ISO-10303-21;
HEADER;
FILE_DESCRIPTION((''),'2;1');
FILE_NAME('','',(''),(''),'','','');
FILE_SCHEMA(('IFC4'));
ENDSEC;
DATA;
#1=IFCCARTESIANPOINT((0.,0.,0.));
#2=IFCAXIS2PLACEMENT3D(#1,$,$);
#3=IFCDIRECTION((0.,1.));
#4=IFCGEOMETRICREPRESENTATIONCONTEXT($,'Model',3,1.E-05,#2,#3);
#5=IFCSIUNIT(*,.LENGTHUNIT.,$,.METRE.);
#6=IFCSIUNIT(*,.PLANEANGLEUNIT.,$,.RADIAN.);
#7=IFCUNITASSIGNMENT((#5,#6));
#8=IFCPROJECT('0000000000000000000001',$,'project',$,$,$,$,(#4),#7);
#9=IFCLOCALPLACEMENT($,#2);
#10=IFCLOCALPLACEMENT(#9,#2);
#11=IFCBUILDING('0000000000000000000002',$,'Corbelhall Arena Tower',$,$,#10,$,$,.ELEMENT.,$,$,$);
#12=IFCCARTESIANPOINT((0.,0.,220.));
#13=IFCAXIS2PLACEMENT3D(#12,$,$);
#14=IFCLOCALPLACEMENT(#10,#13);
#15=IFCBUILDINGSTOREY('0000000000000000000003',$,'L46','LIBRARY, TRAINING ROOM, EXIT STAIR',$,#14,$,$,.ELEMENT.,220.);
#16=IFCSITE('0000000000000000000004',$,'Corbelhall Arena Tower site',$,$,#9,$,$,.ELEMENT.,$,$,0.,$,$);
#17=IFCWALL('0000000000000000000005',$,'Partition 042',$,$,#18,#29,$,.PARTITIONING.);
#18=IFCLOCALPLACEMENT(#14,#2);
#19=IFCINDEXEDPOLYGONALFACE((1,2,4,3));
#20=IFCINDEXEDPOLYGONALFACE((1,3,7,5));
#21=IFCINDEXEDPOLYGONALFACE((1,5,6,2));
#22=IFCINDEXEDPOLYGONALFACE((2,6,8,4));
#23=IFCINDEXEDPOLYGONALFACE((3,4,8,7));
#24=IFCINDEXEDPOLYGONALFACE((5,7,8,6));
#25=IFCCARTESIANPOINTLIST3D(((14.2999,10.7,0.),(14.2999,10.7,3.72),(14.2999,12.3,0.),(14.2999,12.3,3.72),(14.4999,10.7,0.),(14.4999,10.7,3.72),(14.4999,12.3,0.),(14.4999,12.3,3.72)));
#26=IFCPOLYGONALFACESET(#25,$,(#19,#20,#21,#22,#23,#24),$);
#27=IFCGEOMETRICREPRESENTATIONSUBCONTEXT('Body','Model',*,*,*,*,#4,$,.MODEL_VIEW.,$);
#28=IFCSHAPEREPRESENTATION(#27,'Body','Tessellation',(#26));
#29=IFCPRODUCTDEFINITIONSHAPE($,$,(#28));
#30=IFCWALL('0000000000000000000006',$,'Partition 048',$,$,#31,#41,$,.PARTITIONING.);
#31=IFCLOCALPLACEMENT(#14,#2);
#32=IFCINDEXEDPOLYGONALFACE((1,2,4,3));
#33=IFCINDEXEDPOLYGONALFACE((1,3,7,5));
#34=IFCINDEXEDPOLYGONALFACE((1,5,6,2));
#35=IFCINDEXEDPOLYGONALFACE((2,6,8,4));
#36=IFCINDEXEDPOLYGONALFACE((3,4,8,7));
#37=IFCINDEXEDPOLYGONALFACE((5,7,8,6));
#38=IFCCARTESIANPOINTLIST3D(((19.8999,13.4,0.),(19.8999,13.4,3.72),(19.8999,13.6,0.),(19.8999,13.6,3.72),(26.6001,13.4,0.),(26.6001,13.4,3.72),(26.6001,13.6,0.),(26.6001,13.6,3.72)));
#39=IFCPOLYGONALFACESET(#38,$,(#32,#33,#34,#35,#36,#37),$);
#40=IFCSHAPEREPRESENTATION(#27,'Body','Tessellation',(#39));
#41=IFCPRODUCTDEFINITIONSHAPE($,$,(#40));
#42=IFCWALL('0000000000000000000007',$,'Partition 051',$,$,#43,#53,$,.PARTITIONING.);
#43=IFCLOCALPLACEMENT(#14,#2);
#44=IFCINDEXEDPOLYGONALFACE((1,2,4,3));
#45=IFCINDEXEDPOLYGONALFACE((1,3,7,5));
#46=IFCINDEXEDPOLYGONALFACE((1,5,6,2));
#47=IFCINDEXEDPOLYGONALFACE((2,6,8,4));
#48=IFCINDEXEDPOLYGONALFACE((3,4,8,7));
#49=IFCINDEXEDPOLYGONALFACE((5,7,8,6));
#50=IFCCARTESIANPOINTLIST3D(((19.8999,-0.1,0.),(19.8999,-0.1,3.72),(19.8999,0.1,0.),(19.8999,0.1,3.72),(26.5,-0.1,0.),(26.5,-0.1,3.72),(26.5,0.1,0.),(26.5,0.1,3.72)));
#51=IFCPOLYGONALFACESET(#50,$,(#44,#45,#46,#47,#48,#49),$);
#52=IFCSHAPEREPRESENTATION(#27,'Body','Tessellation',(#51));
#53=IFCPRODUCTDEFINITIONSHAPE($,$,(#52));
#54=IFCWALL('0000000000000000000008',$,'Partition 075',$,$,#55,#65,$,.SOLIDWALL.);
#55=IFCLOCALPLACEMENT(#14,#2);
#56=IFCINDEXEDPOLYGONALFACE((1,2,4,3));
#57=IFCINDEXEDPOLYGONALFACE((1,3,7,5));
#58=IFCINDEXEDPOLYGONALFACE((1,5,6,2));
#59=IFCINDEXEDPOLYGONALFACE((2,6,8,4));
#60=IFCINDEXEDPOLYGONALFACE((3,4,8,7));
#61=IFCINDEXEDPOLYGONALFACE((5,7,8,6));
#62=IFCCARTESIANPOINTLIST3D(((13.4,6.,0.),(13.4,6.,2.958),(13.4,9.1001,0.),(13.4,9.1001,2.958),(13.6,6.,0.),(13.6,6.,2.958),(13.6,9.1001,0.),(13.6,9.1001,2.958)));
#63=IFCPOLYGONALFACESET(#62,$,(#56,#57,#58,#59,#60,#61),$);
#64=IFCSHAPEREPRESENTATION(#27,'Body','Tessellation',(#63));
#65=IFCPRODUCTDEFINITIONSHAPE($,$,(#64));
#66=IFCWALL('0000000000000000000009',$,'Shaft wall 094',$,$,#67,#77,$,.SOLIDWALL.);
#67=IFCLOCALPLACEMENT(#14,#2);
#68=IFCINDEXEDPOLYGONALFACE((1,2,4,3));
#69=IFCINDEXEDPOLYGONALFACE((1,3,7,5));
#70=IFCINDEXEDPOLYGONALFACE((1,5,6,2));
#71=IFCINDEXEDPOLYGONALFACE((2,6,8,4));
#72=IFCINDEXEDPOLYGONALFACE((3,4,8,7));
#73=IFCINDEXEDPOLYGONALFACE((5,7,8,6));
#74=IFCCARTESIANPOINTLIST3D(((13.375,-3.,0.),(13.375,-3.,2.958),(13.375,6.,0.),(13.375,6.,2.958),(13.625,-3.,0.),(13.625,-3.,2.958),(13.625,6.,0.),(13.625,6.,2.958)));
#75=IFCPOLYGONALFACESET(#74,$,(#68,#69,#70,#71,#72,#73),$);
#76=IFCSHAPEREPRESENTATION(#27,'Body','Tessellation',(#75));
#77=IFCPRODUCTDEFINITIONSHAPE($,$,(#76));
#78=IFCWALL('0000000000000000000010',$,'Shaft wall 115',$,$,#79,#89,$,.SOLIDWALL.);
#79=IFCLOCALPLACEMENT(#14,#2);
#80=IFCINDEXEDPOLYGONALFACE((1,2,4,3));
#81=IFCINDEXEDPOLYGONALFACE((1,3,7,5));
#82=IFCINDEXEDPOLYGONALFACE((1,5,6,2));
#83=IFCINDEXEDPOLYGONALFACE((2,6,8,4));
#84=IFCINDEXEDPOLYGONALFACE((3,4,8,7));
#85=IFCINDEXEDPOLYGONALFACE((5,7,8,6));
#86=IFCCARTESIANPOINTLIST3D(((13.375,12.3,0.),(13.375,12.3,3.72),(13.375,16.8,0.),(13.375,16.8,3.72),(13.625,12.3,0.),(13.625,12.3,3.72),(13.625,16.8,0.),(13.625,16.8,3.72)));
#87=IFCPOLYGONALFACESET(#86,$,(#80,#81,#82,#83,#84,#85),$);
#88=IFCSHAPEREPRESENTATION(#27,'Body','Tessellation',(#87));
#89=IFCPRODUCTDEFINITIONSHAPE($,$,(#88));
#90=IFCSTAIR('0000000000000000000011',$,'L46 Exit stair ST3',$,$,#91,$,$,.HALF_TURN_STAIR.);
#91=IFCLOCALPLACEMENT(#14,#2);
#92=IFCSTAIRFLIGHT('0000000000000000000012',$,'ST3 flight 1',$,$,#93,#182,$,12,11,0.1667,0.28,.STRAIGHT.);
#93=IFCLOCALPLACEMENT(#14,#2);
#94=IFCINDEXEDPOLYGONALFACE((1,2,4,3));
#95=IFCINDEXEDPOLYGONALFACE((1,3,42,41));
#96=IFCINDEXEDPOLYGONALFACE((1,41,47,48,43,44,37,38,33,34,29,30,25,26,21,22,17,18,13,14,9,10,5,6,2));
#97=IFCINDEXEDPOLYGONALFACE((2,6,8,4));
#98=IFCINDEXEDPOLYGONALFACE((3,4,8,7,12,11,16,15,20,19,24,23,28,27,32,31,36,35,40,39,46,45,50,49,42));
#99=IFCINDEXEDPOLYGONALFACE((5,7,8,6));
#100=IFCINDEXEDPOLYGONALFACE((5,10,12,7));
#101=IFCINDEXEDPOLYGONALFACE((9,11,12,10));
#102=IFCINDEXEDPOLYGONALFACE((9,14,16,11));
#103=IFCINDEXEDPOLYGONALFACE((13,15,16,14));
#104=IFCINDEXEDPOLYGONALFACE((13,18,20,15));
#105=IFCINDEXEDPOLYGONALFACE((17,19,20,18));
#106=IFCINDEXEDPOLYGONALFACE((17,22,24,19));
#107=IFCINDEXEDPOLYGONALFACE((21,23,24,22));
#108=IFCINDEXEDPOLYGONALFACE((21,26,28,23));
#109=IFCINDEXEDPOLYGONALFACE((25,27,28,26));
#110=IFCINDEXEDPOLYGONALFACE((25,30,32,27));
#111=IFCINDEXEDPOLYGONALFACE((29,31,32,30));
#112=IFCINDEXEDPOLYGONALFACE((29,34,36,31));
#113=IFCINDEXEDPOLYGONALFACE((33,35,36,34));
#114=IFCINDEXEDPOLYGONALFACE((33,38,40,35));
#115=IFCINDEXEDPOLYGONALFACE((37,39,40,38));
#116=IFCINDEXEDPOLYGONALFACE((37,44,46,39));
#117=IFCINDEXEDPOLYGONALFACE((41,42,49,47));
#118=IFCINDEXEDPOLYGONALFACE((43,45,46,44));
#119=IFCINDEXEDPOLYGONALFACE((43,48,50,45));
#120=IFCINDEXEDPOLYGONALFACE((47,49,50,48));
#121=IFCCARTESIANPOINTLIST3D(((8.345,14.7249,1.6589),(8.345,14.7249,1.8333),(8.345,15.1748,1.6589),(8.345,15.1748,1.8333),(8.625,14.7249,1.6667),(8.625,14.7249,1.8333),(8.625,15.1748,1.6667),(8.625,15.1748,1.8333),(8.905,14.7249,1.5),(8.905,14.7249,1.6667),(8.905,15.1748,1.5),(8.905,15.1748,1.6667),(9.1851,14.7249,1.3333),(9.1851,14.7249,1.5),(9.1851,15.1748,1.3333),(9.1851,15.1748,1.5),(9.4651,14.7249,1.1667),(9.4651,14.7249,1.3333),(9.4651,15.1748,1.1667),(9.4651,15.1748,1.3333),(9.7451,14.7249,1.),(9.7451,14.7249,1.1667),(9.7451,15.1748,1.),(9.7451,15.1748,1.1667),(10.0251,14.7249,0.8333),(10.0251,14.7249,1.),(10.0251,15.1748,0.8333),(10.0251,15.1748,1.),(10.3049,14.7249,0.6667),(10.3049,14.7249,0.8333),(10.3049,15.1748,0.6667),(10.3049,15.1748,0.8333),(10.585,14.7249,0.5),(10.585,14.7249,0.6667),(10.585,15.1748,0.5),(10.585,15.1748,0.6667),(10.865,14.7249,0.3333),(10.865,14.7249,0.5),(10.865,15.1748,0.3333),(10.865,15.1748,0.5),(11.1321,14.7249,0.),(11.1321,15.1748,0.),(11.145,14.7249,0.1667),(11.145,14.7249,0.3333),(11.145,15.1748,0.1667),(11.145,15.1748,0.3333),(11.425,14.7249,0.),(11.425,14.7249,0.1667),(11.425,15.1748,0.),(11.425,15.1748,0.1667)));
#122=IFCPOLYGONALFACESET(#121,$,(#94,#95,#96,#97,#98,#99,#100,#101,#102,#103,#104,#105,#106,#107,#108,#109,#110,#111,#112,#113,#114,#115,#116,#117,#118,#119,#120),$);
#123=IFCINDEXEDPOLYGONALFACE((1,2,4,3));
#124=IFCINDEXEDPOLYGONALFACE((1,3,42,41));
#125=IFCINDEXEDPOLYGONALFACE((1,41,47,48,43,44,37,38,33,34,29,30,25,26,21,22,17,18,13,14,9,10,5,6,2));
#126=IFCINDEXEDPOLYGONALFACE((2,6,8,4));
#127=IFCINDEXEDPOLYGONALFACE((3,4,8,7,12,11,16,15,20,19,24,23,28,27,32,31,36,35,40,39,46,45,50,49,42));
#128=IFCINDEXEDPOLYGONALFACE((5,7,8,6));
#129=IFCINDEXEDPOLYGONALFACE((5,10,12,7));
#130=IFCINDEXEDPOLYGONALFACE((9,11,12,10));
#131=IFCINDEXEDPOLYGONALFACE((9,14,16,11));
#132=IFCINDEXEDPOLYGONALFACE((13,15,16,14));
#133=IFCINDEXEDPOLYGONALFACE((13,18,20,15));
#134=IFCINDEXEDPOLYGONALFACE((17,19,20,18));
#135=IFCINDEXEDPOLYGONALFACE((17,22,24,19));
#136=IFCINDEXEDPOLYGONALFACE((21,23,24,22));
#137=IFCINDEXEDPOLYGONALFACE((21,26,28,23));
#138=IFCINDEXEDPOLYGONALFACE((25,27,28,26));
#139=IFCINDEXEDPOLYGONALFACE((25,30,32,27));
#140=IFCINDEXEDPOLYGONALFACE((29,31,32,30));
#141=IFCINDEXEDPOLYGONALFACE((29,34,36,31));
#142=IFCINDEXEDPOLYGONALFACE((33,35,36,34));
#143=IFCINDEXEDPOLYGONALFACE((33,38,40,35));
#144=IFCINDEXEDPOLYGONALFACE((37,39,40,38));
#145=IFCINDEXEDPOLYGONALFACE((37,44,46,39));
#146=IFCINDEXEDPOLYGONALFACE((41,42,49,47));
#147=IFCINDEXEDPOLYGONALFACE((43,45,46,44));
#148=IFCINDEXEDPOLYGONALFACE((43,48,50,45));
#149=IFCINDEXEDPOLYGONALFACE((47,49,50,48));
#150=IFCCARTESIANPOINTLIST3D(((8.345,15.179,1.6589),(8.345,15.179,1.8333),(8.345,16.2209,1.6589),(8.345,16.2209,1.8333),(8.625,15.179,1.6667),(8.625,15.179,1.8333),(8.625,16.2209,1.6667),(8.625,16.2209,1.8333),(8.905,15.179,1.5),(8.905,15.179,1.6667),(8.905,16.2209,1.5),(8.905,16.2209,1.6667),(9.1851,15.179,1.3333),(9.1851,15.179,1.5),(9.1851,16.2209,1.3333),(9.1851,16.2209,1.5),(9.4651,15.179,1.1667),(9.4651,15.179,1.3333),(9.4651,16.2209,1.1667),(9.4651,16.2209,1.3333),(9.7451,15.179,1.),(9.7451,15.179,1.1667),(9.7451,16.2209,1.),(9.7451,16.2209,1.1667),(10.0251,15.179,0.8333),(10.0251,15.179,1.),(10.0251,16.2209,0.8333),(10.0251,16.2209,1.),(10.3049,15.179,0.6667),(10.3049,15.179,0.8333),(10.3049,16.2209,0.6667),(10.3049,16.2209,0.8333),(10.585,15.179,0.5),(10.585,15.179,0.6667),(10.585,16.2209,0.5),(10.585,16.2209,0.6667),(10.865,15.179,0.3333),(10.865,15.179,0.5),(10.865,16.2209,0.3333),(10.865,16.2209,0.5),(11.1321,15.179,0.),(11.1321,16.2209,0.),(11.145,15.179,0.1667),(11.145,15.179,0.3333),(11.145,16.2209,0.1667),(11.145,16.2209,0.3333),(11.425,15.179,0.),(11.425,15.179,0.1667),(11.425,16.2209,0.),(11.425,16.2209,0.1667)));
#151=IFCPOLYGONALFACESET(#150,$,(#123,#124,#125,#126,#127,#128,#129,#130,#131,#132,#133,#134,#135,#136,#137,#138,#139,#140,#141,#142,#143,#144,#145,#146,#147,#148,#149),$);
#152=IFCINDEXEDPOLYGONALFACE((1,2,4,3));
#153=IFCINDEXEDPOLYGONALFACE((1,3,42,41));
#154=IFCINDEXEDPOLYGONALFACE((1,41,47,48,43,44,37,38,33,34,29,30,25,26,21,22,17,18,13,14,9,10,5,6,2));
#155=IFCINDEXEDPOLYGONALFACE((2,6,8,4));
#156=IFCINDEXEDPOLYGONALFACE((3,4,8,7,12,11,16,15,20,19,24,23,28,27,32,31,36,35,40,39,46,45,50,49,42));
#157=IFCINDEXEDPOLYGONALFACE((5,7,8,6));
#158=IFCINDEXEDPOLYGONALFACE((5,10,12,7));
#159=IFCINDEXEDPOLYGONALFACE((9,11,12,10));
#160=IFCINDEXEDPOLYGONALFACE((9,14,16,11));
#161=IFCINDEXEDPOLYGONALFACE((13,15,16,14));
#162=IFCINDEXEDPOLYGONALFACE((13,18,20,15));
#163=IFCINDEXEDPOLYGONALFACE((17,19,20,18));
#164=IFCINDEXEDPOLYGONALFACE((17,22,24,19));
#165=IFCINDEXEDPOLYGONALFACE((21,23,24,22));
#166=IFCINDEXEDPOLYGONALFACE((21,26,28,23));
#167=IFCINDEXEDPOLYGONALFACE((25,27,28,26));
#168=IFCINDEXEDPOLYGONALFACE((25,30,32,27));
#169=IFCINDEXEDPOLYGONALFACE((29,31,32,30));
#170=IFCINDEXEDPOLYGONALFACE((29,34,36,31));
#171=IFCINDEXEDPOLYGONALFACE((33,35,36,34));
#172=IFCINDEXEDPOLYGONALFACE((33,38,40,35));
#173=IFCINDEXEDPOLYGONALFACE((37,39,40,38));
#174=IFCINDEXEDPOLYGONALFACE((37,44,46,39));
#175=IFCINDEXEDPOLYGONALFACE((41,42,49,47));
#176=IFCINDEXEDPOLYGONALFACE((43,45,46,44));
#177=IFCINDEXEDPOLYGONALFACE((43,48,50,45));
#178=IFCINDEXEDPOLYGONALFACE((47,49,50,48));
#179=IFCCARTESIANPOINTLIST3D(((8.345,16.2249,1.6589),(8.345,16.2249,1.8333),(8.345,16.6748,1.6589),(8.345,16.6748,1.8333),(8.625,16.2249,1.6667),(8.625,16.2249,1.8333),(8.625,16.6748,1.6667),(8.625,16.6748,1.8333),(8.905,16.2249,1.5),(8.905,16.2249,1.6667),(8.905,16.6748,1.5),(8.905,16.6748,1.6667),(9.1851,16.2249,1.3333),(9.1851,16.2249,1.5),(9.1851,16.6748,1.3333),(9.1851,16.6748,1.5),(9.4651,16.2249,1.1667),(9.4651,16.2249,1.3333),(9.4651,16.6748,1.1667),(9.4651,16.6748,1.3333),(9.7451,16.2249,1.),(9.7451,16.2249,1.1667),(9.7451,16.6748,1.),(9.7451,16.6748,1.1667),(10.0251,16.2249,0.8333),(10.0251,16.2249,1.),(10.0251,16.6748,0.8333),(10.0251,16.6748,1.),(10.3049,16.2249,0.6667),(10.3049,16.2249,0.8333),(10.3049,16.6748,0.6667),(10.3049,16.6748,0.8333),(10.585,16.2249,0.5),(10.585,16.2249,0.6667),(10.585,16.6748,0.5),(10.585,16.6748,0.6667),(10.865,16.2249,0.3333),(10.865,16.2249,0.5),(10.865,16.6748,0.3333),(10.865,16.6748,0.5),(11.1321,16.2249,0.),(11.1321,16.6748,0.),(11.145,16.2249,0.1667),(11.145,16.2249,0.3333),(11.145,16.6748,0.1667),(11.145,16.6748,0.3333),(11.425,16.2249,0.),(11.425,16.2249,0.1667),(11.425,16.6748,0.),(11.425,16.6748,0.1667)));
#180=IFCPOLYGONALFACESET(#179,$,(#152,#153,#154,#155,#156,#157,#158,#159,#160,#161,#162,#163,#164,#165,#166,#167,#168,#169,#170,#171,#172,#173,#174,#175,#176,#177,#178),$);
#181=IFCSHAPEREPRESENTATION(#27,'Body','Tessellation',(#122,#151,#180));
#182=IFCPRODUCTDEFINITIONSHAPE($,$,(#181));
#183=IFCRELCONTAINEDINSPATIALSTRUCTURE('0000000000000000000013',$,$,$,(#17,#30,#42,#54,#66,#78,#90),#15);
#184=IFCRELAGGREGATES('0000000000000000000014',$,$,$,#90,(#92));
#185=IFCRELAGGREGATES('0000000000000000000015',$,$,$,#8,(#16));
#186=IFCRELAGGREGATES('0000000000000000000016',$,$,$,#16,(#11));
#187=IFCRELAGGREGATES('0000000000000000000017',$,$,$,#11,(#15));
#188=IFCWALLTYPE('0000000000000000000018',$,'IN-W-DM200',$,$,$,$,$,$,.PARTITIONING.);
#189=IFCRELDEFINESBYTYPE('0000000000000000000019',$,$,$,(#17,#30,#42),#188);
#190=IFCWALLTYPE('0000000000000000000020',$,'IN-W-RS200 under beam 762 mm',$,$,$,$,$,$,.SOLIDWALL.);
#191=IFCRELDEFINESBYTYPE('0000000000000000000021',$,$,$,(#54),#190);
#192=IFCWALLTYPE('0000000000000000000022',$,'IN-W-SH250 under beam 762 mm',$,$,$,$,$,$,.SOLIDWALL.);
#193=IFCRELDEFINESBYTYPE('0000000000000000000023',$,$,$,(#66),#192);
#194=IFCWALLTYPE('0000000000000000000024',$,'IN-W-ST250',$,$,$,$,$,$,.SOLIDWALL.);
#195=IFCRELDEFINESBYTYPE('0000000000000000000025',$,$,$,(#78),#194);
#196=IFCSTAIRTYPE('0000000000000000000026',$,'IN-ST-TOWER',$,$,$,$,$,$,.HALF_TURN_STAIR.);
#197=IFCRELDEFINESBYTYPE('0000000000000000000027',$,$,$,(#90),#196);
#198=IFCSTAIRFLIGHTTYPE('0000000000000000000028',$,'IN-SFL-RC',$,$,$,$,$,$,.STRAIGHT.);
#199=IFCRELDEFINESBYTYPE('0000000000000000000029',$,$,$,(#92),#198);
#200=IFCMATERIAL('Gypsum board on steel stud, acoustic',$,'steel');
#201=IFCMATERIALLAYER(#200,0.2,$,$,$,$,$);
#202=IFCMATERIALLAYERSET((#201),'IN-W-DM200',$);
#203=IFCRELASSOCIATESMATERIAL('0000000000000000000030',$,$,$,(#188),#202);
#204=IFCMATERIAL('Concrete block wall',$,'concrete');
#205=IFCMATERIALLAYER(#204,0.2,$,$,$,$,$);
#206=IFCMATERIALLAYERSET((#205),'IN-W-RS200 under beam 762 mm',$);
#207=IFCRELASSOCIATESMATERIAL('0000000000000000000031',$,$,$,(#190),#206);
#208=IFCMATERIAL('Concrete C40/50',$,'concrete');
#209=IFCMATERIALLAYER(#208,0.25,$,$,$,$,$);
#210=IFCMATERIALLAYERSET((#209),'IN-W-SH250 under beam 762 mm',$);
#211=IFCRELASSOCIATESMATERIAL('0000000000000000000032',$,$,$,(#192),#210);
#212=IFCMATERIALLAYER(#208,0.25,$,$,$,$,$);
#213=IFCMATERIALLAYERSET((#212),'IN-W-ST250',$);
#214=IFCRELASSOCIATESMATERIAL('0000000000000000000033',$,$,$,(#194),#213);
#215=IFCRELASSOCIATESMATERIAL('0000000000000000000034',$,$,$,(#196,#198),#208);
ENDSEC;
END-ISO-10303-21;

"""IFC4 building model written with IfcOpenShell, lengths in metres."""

from ifc_helpers import new_model, si_unit, direction, frame, frame_2d, origin, place, context, subcontext, project, spatial, polyline, rectangle, outline, extrude, material, layer, layer_set, type_object, element, aggregate, save


model = new_model("IFC4")

# Units and contexts
model_context = context("Model", 3, precision=1e-05, world=origin(), true_north=direction((0.0, 1.0)))
body_context = subcontext(model_context, "Body", "Model", "MODEL_VIEW")
ifc_project = project(units=[si_unit("LENGTHUNIT", "METRE"), si_unit("PLANEANGLEUNIT", "RADIAN")], contexts=[model_context])

# Site, building, storey
site_placement = place(None, origin())
site = spatial("IfcSite", under=ifc_project, at=site_placement, Name="Corbelhall Arena Tower site", CompositionType="ELEMENT", RefElevation=0.0)
building_placement = place(site_placement, origin())
building = spatial("IfcBuilding", under=site, at=building_placement, Name="Corbelhall Arena Tower", CompositionType="ELEMENT")
storey_placement = place(building_placement, frame((0.0, 0.0, 220.0)))
storey = spatial("IfcBuildingStorey", under=building, at=storey_placement, Name="L46", Description="LIBRARY, TRAINING ROOM, EXIT STAIR", CompositionType="ELEMENT", Elevation=220.0)

# Wall
ifc_material_1 = material(Name="Gypsum board on steel stud, acoustic", Category="steel")
ifc_layer_1 = layer(ifc_material_1, 0.2)
ifc_layer_set_1 = layer_set([ifc_layer_1], Name="IN-W-DM200")
wall_type_1 = type_object("IfcWallType", Name="IN-W-DM200", PredefinedType="PARTITIONING", material=ifc_layer_set_1)
wall_1_placement = place(storey_placement, frame((14.3999, 12.3, 0.0), z_axis=(0.0, 0.0, 1.0), x_axis=(0.0, -1.0, 0.0)))
element("IfcWall", 1, at=wall_1_placement, inside=storey, type_object=wall_type_1, Name="Partition 042", PredefinedType="PARTITIONING", context=body_context, shape_type="SweptSolid", body=[
    extrude(rectangle(XDim=1.6001, YDim=0.2, at=frame_2d((0.8, 0.0))), origin(), (0.0, 0.0, 1.0), 3.72),
])

# Wall
wall_2_placement = place(storey_placement, frame((19.8999, 13.5, 0.0), z_axis=(0.0, 0.0, 1.0), x_axis=(1.0, 0.0, 0.0)))
element("IfcWall", 2, at=wall_2_placement, inside=storey, type_object=wall_type_1, Name="Partition 048", PredefinedType="PARTITIONING", context=body_context, shape_type="SweptSolid", body=[
    extrude(rectangle(XDim=6.7002, YDim=0.2, at=frame_2d((3.3501, 0.0))), origin(), (0.0, 0.0, 1.0), 3.72),
])

# Walls
wall_3_placement = place(storey_placement, frame((26.5, 0.0, 0.0), z_axis=(0.0, 0.0, 1.0), x_axis=(-1.0, 0.0, 0.0)))
element("IfcWall", 3, at=wall_3_placement, inside=storey, type_object=wall_type_1, Name="Partition 051", PredefinedType="PARTITIONING", context=body_context, shape_type="SweptSolid", body=[
    extrude(rectangle(XDim=6.6001, YDim=0.2, at=frame_2d((3.3, 0.0))), origin(), (0.0, 0.0, 1.0), 3.72),
])
ifc_material_2 = material(Name="Concrete block wall", Category="concrete")
ifc_layer_2 = layer(ifc_material_2, 0.2)
ifc_layer_set_2 = layer_set([ifc_layer_2], Name="IN-W-RS200 under beam 762 mm")
wall_type_2 = type_object("IfcWallType", Name="IN-W-RS200 under beam 762 mm", PredefinedType="SOLIDWALL", material=ifc_layer_set_2)
wall_4_placement = place(storey_placement, frame((13.5, 9.1001, 0.0), z_axis=(0.0, 0.0, 1.0), x_axis=(0.0, -1.0, 0.0)))
element("IfcWall", 4, at=wall_4_placement, inside=storey, type_object=wall_type_2, Name="Partition 075", PredefinedType="SOLIDWALL", context=body_context, shape_type="SweptSolid", body=[
    extrude(rectangle(XDim=3.1001, YDim=0.2, at=frame_2d((1.55, 0.0))), origin(), (0.0, 0.0, 1.0), 2.958),
])
ifc_material_3 = material(Name="Concrete C40/50", Category="concrete")
ifc_layer_3 = layer(ifc_material_3, 0.25)
ifc_layer_set_3 = layer_set([ifc_layer_3], Name="IN-W-SH250 under beam 762 mm")
wall_type_3 = type_object("IfcWallType", Name="IN-W-SH250 under beam 762 mm", PredefinedType="SOLIDWALL", material=ifc_layer_set_3)
wall_5_placement = place(storey_placement, frame((13.5, 6.0, 0.0), z_axis=(0.0, 0.0, 1.0), x_axis=(0.0, -1.0, 0.0)))
element("IfcWall", 5, at=wall_5_placement, inside=storey, type_object=wall_type_3, Name="Shaft wall 094", PredefinedType="SOLIDWALL", context=body_context, shape_type="SweptSolid", body=[
    extrude(rectangle(XDim=9.0, YDim=0.25, at=frame_2d((4.5, 0.0))), origin(), (0.0, 0.0, 1.0), 2.958),
])
ifc_layer_4 = layer(ifc_material_3, 0.25)
ifc_layer_set_4 = layer_set([ifc_layer_4], Name="IN-W-ST250")
wall_type_4 = type_object("IfcWallType", Name="IN-W-ST250", PredefinedType="SOLIDWALL", material=ifc_layer_set_4)
wall_6_placement = place(storey_placement, frame((13.5, 16.8, 0.0), z_axis=(0.0, 0.0, 1.0), x_axis=(0.0, -1.0, 0.0)))
element("IfcWall", 6, at=wall_6_placement, inside=storey, type_object=wall_type_4, Name="Shaft wall 115", PredefinedType="SOLIDWALL", context=body_context, shape_type="SweptSolid", body=[
    extrude(rectangle(XDim=4.5, YDim=0.25, at=frame_2d((2.25, 0.0))), origin(), (0.0, 0.0, 1.0), 3.72),
])

# Stair, stair flight
stair_type = type_object("IfcStairType", Name="IN-ST-TOWER", PredefinedType="HALF_TURN_STAIR", material=ifc_material_3)
stair_placement = place(storey_placement, origin())
stair = element("IfcStair", 7, at=stair_placement, inside=storey, type_object=stair_type, Name="L46 Exit stair ST3", PredefinedType="HALF_TURN_STAIR")
stair_flight_type = type_object("IfcStairFlightType", Name="IN-SFL-RC", PredefinedType="STRAIGHT", material=ifc_material_3)
stair_flight_placement = place(storey_placement, frame((11.425, 15.7, 0.0), z_axis=(0.0, 0.0, 1.0), x_axis=(-1.0, 0.0, 0.0)))
stair_flight = element("IfcStairFlight", 8, at=stair_flight_placement, type_object=stair_flight_type, Name="ST3 flight 1", NumberOfRisers=12, NumberOfTreads=11, PredefinedType="STRAIGHT", RiserHeight=0.1667, TreadLength=0.28, context=body_context, shape_type="SweptSolid", body=[
    extrude(outline(polyline([(0.0, 0.0), (0.0, 0.1667), (0.28, 0.1667), (0.28, 0.3333), (0.5601, 0.3333), (0.5601, 0.5), (0.8401, 0.5), (0.8401, 0.6667), (1.1201, 0.6667), (1.1201, 0.8333), (1.3999, 0.8333), (1.3999, 1.0), (1.6799, 1.0), (1.6799, 1.1667), (1.96, 1.1667), (1.96, 1.3333), (2.24, 1.3333), (2.24, 1.5), (2.52, 1.5), (2.52, 1.6667), (2.8, 1.6667), (2.8, 1.8333), (3.0801, 1.8333), (3.0801, 2.0), (3.0801, 1.6589), (0.293, 0.0), (0.0, 0.0)])), frame((0.0, 0.9751, 0.0), z_axis=(0.0, -1.0, 0.0), x_axis=(1.0, 0.0, 0.0)), (0.0, 0.0, 1.0), 0.45),
    extrude(outline(polyline([(0.0, 0.0), (0.0, 0.1667), (0.28, 0.1667), (0.28, 0.3333), (0.5601, 0.3333), (0.5601, 0.5), (0.8401, 0.5), (0.8401, 0.6667), (1.1201, 0.6667), (1.1201, 0.8333), (1.3999, 0.8333), (1.3999, 1.0), (1.6799, 1.0), (1.6799, 1.1667), (1.96, 1.1667), (1.96, 1.3333), (2.24, 1.3333), (2.24, 1.5), (2.52, 1.5), (2.52, 1.6667), (2.8, 1.6667), (2.8, 1.8333), (3.0801, 1.8333), (3.0801, 2.0), (3.0801, 1.6589), (0.293, 0.0), (0.0, 0.0)])), frame((0.0, 0.521, 0.0), z_axis=(0.0, -1.0, 0.0), x_axis=(1.0, 0.0, 0.0)), (0.0, 0.0, 1.0), 1.042),
    extrude(outline(polyline([(0.0, 0.0), (0.0, 0.1667), (0.28, 0.1667), (0.28, 0.3333), (0.5601, 0.3333), (0.5601, 0.5), (0.8401, 0.5), (0.8401, 0.6667), (1.1201, 0.6667), (1.1201, 0.8333), (1.3999, 0.8333), (1.3999, 1.0), (1.6799, 1.0), (1.6799, 1.1667), (1.96, 1.1667), (1.96, 1.3333), (2.24, 1.3333), (2.24, 1.5), (2.52, 1.5), (2.52, 1.6667), (2.8, 1.6667), (2.8, 1.8333), (3.0801, 1.8333), (3.0801, 2.0), (3.0801, 1.6589), (0.293, 0.0), (0.0, 0.0)])), frame((0.0, -0.5249, 0.0), z_axis=(0.0, -1.0, 0.0), x_axis=(1.0, 0.0, 0.0)), (0.0, 0.0, 1.0), 0.45),
])
aggregate(stair, [stair_flight])

save(model, "model.ifc")
